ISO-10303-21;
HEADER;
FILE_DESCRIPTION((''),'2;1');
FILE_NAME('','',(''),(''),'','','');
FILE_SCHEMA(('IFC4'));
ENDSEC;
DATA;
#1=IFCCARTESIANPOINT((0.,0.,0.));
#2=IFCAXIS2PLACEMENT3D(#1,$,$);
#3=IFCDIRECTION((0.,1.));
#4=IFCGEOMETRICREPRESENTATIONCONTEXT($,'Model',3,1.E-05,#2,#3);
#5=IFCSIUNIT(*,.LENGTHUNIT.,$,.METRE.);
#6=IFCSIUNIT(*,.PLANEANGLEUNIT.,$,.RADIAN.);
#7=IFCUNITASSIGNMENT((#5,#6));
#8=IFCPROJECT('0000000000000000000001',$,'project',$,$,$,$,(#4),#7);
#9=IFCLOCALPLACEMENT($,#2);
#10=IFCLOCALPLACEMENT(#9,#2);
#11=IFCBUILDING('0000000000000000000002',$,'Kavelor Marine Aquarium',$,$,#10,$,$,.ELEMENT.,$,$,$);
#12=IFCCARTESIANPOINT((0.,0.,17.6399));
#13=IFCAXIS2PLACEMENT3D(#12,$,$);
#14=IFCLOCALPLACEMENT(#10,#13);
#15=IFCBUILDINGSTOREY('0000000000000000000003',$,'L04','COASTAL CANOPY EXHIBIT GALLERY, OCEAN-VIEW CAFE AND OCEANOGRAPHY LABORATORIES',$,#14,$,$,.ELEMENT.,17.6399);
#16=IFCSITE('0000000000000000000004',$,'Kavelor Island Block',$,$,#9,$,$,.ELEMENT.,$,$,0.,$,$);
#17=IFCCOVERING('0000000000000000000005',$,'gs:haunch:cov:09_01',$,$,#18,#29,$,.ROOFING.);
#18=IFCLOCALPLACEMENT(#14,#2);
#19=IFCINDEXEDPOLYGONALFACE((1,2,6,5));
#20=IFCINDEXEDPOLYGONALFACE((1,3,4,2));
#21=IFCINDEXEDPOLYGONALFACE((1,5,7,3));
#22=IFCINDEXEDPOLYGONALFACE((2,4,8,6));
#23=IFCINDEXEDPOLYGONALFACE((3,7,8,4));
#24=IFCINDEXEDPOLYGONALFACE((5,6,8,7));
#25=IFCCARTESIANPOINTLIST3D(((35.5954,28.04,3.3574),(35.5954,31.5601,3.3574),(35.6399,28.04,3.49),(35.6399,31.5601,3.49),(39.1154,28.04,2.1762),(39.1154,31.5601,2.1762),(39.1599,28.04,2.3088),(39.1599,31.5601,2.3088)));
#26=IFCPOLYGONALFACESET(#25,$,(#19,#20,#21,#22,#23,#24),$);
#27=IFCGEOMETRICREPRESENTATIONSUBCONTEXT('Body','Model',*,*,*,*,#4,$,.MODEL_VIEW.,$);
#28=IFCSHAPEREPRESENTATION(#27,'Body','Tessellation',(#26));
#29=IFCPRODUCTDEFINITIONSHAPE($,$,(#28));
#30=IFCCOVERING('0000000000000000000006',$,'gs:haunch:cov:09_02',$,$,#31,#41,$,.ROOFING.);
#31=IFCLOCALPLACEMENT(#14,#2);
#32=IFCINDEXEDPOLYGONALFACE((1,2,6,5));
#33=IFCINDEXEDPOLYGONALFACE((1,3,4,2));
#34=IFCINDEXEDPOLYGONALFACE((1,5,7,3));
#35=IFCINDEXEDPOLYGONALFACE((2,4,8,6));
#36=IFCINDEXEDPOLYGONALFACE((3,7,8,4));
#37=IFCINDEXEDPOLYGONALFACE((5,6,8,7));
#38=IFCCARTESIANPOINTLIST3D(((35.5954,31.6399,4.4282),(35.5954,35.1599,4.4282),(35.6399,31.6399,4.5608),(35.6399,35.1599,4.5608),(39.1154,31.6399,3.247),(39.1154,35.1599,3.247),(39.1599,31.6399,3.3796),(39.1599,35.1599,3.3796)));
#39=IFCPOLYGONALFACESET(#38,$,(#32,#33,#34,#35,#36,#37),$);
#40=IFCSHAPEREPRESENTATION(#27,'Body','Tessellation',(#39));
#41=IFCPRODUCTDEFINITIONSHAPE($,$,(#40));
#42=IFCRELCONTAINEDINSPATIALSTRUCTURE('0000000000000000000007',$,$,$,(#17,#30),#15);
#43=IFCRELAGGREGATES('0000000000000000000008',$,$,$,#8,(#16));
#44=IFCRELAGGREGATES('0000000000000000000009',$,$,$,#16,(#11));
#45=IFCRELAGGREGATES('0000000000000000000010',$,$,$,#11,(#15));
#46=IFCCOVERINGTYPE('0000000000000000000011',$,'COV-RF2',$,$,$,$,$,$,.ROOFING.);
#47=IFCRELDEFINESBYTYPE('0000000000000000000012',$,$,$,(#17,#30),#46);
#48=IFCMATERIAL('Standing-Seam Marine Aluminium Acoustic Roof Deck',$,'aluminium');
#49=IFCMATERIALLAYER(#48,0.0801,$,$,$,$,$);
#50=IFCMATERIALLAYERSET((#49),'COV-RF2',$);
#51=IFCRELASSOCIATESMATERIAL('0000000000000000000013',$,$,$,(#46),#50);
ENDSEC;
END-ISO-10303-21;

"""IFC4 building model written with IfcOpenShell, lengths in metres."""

from ifc_helpers import new_model, si_unit, direction, frame, origin, place, context, subcontext, project, spatial, polyline, outline, extrude, material, layer, layer_set, type_object, element, save


model = new_model("IFC4")

# Units and contexts
model_context = context("Model", 3, precision=1e-05, world=origin(), true_north=direction((0.0, 1.0)))
body_context = subcontext(model_context, "Body", "Model", "MODEL_VIEW")
ifc_project = project(units=[si_unit("LENGTHUNIT", "METRE"), si_unit("PLANEANGLEUNIT", "RADIAN")], contexts=[model_context])

# Site, building, storey
site_placement = place(None, origin())
site = spatial("IfcSite", under=ifc_project, at=site_placement, Name="Kavelor Island Block", CompositionType="ELEMENT", RefElevation=0.0)
building_placement = place(site_placement, origin())
building = spatial("IfcBuilding", under=site, at=building_placement, Name="Kavelor Marine Aquarium", CompositionType="ELEMENT")
storey_placement = place(building_placement, frame((0.0, 0.0, 17.6399)))
storey = spatial("IfcBuildingStorey", under=building, at=storey_placement, Name="L04", Description="COASTAL CANOPY EXHIBIT GALLERY, OCEAN-VIEW CAFE AND OCEANOGRAPHY LABORATORIES", CompositionType="ELEMENT", Elevation=17.6399)

# Coverings
ifc_material_1 = material(Name="Standing-Seam Marine Aluminium Acoustic Roof Deck", Category="aluminium")
ifc_layer_1 = layer(ifc_material_1, 0.0801)
ifc_layer_set_1 = layer_set([ifc_layer_1], Name="COV-RF2")
covering_type = type_object("IfcCoveringType", Name="COV-RF2", PredefinedType="ROOFING", material=ifc_layer_set_1)
for number, where, z_axis, x_axis, name in (
    (1, (35.6399, 28.04, 3.49), (0.318121, 0.0, 0.94805), (0.94805, 0.0, -0.318121), "gs:haunch:cov:09_01"),
    (2, (35.6399, 31.6399, 4.5608), (0.318121, 0.0, 0.94805), (0.94805, 0.0, -0.318121), "gs:haunch:cov:09_02"),
):
    element("IfcCovering", number, at=place(storey_placement, frame(where, z_axis=z_axis, x_axis=x_axis)), inside=storey, type_object=covering_type, Name=name, PredefinedType="ROOFING", context=body_context, shape_type="SweptSolid", body=[
        extrude(outline(polyline([(0.0, 0.0), (3.7129, 0.0), (3.7129, 3.52), (0.0, 3.52), (0.0, 0.0)])), origin(), (0.0, 0.0, -1.0), 0.1399),
    ])

save(model, "model.ifc")
